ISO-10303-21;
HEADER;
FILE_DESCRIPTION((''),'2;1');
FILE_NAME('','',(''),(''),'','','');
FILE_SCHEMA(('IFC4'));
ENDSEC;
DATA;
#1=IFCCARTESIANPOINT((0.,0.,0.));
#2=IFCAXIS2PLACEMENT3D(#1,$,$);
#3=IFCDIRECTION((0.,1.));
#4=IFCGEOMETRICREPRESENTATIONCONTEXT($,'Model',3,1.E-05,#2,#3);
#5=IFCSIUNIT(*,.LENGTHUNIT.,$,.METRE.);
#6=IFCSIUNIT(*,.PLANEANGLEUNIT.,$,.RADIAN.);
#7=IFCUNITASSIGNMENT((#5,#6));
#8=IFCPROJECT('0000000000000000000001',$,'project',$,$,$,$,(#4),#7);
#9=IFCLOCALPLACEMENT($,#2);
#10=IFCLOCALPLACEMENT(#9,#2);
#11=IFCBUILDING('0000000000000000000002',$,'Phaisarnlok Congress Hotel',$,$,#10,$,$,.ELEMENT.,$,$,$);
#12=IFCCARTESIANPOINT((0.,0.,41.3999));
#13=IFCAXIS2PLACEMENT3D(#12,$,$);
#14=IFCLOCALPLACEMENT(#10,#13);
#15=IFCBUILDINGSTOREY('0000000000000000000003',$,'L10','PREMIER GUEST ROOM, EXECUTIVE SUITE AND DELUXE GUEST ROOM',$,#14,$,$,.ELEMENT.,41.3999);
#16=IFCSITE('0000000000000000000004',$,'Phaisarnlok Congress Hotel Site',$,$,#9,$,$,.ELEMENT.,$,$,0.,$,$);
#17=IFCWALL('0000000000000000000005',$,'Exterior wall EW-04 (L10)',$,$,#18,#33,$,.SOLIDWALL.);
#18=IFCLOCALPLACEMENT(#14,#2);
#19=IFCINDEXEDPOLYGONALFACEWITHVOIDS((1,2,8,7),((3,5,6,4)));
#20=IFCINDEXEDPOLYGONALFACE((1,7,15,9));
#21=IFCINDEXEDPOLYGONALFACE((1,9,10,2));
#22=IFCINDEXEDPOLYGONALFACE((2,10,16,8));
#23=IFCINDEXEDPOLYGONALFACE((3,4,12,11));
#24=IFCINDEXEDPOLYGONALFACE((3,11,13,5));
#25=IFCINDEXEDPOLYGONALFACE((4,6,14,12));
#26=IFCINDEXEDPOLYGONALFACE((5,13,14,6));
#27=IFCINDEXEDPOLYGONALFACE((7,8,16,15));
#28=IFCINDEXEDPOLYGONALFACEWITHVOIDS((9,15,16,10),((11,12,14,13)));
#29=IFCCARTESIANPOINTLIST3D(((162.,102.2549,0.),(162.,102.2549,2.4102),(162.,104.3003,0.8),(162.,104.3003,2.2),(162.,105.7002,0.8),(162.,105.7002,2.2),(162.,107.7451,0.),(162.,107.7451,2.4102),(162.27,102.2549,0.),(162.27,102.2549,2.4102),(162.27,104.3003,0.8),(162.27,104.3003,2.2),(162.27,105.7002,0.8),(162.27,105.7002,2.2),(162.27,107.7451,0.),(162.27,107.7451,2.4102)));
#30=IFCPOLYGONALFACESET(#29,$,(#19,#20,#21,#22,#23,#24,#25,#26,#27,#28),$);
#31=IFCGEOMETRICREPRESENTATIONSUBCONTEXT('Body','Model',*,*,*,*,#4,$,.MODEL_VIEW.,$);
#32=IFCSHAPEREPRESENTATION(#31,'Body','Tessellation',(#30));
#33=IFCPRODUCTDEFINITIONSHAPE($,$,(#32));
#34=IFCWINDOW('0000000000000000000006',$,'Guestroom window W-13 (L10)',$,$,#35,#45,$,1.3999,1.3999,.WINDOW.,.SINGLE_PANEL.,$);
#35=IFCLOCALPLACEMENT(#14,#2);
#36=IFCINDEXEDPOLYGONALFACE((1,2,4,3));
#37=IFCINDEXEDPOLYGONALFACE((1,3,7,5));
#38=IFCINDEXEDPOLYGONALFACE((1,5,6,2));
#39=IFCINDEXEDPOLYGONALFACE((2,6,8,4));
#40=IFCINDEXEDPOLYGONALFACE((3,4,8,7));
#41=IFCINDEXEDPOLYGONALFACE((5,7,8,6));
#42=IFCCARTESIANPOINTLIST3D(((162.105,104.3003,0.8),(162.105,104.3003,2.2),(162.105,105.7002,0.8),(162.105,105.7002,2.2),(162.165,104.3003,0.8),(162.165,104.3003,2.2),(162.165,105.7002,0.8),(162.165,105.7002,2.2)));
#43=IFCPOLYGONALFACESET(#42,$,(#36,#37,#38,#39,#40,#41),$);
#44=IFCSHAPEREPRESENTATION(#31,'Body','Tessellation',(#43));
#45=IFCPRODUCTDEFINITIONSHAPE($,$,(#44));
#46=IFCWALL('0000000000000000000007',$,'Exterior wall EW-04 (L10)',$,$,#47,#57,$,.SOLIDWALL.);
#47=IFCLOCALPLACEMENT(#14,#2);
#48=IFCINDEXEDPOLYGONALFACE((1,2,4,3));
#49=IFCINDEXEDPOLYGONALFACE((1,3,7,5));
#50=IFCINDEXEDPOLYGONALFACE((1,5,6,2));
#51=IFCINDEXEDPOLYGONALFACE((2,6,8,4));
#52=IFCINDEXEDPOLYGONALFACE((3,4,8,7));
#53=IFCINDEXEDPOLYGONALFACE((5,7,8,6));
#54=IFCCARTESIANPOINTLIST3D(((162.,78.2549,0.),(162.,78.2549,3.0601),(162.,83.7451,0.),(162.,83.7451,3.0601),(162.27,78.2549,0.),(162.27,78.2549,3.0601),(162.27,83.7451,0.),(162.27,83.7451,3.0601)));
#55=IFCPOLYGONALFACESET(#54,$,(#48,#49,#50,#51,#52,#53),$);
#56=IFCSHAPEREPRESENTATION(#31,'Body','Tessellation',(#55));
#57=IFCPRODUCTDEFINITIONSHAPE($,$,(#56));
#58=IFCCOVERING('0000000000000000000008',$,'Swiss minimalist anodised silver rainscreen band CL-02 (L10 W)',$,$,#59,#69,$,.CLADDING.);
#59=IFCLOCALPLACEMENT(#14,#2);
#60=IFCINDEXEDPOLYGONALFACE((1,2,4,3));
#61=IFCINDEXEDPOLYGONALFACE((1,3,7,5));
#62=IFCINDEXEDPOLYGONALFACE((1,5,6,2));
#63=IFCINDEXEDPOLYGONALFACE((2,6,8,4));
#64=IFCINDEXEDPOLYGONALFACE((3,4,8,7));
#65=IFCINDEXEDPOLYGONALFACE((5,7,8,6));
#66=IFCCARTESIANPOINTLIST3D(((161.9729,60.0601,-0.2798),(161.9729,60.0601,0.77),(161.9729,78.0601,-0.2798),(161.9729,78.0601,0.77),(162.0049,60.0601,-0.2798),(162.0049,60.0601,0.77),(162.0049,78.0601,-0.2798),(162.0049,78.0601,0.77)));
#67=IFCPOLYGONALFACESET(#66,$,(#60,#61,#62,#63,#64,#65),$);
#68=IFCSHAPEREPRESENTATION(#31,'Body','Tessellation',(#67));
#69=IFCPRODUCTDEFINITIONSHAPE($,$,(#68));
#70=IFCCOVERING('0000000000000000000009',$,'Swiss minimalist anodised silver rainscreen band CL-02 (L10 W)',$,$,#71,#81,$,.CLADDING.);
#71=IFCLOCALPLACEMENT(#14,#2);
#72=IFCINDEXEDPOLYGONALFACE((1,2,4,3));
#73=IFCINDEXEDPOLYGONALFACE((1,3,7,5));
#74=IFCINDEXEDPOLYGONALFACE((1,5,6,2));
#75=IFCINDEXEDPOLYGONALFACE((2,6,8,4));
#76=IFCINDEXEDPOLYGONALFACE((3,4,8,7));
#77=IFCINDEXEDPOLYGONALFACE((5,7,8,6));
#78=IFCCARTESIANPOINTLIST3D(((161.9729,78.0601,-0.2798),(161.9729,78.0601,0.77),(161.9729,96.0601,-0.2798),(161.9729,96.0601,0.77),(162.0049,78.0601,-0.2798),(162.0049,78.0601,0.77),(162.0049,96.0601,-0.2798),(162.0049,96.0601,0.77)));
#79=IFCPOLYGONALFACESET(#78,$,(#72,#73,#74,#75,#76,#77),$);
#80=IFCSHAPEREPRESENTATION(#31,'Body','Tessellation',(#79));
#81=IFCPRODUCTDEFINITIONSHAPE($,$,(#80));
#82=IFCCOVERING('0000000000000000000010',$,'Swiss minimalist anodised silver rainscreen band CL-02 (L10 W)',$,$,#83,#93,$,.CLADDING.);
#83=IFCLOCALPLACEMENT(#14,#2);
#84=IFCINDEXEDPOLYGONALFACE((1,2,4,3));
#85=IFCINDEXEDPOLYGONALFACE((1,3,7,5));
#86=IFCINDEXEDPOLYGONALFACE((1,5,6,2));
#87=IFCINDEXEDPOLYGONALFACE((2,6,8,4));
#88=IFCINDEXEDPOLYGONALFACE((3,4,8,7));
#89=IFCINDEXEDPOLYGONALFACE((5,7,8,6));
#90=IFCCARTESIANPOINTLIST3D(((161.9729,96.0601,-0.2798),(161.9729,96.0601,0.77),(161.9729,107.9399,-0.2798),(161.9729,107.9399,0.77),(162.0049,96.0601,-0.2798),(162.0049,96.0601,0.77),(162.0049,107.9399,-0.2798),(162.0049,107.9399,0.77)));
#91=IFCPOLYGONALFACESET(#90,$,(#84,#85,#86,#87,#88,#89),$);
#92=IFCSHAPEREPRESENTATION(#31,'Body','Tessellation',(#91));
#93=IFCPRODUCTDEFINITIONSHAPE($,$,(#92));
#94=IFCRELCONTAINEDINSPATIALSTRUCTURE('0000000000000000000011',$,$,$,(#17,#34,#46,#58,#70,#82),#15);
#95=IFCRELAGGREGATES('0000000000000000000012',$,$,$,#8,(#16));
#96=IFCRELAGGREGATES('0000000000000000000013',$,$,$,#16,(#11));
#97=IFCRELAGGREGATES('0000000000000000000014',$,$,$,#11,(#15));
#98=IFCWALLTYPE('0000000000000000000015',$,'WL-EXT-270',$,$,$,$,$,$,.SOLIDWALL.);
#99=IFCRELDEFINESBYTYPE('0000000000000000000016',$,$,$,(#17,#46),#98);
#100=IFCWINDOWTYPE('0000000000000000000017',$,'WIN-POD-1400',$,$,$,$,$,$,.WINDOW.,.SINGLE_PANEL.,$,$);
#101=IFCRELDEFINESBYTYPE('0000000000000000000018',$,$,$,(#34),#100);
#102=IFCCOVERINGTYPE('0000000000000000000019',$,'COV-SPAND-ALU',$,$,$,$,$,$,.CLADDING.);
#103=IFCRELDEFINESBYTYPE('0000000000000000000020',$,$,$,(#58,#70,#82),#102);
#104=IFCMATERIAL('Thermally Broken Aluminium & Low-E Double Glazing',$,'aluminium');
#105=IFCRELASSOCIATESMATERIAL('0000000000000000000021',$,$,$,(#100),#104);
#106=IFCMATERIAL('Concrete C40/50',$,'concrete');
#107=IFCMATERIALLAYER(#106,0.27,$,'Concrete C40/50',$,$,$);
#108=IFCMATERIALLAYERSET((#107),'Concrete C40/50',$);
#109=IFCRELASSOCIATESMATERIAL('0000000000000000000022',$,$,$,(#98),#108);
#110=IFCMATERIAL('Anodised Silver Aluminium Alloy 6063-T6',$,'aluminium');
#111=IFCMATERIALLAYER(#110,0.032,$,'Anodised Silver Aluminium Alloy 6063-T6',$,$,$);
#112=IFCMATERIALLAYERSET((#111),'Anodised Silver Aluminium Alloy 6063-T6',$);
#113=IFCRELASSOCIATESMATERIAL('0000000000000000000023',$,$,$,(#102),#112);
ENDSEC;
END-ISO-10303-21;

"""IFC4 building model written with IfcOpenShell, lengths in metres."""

from ifc_helpers import new_model, si_unit, direction, frame, frame_2d, origin, place, context, subcontext, project, spatial, polyline, rectangle, outline, extrude, material, layer, layer_set, type_object, element, fill, save


model = new_model("IFC4")

# Units and contexts
model_context = context("Model", 3, precision=1e-05, world=origin(), true_north=direction((0.0, 1.0)))
body_context = subcontext(model_context, "Body", "Model", "MODEL_VIEW")
ifc_project = project(units=[si_unit("LENGTHUNIT", "METRE"), si_unit("PLANEANGLEUNIT", "RADIAN")], contexts=[model_context])

# Site, building, storey
site_placement = place(None, origin())
site = spatial("IfcSite", under=ifc_project, at=site_placement, Name="Phaisarnlok Congress Hotel Site", CompositionType="ELEMENT", RefElevation=0.0)
building_placement = place(site_placement, origin())
building = spatial("IfcBuilding", under=site, at=building_placement, Name="Phaisarnlok Congress Hotel", CompositionType="ELEMENT")
storey_placement = place(building_placement, frame((0.0, 0.0, 41.3999)))
storey = spatial("IfcBuildingStorey", under=building, at=storey_placement, Name="L10", Description="PREMIER GUEST ROOM, EXECUTIVE SUITE AND DELUXE GUEST ROOM", CompositionType="ELEMENT", Elevation=41.3999)

# Shared definitions
ifc_material_1 = material(Name="Concrete C40/50", Category="concrete")

# Shared definitions
ifc_material_2 = material(Name="Thermally Broken Aluminium & Low-E Double Glazing", Category="aluminium")
window_type = type_object("IfcWindowType", Name="WIN-POD-1400", PartitioningType="SINGLE_PANEL", PredefinedType="WINDOW", material=ifc_material_2)

# Wall, opening, window
ifc_layer_1 = layer(ifc_material_1, 0.27, Name="Concrete C40/50")
ifc_layer_set_1 = layer_set([ifc_layer_1], Name="Concrete C40/50")
wall_type_1 = type_object("IfcWallType", Name="WL-EXT-270", PredefinedType="SOLIDWALL", material=ifc_layer_set_1)
wall_1_placement = place(storey_placement, frame((162.135, 107.7451, 0.0), z_axis=(0.0, 0.0, 1.0), x_axis=(0.0, -1.0, 0.0)))
wall_1 = element("IfcWall", 1, at=wall_1_placement, inside=storey, type_object=wall_type_1, Name="Exterior wall EW-04 (L10)", PredefinedType="SOLIDWALL", context=body_context, shape_type="SweptSolid", body=[
    extrude(rectangle(XDim=5.4902, YDim=0.27, at=frame_2d((2.7451, 0.0))), origin(), (0.0, 0.0, 1.0), 2.4102),
])
opening_1_placement = place(wall_1_placement, frame((2.0449, 0.0, 0.8)))
opening_1 = element("IfcOpeningElement", 2, at=opening_1_placement, cuts=wall_1, PredefinedType="OPENING", context=body_context, shape_type="SweptSolid", body=[
    extrude(rectangle(XDim=1.3999, YDim=1.3999, at=frame_2d((0.7, 0.7))), frame((0.0, 0.145, 0.0), z_axis=(0.0, -1.0, 0.0), x_axis=(1.0, 0.0, 0.0)), (0.0, 0.0, 1.0), 0.29),
])
window_1_placement = place(opening_1_placement, origin())
window_1 = element("IfcWindow", 3, at=window_1_placement, inside=storey, type_object=window_type, Name="Guestroom window W-13 (L10)", OverallHeight=1.3999, OverallWidth=1.3999, PartitioningType="SINGLE_PANEL", PredefinedType="WINDOW", context=body_context, shape_type="SweptSolid", body=[
    extrude(rectangle(XDim=1.3999, YDim=1.3999, at=frame_2d((0.7, 0.7))), frame((0.0, 0.03, 0.0), z_axis=(0.0, -1.0, 0.0), x_axis=(1.0, 0.0, 0.0)), (0.0, 0.0, 1.0), 0.0601),
])
fill(opening_1, window_1)

# Wall
wall_2_placement = place(storey_placement, frame((162.135, 83.7451, 0.0), z_axis=(0.0, 0.0, 1.0), x_axis=(0.0, -1.0, 0.0)))
element("IfcWall", 4, at=wall_2_placement, inside=storey, type_object=wall_type_1, Name="Exterior wall EW-04 (L10)", PredefinedType="SOLIDWALL", context=body_context, shape_type="SweptSolid", body=[
    extrude(rectangle(XDim=5.4902, YDim=0.27, at=frame_2d((2.7451, 0.0))), origin(), (0.0, 0.0, 1.0), 3.0601),
])

# Coverings
ifc_material_3 = material(Name="Anodised Silver Aluminium Alloy 6063-T6", Category="aluminium")
ifc_layer_2 = layer(ifc_material_3, 0.032, Name="Anodised Silver Aluminium Alloy 6063-T6")
ifc_layer_set_2 = layer_set([ifc_layer_2], Name="Anodised Silver Aluminium Alloy 6063-T6")
covering_type = type_object("IfcCoveringType", Name="COV-SPAND-ALU", PredefinedType="CLADDING", material=ifc_layer_set_2)
for number, where, z_axis, x_axis, name in (
    (5, (162.0049, 78.0601, -0.2798), (-1.0, 0.0, 0.0), (0.0, -1.0, 0.0), "Swiss minimalist anodised silver rainscreen band CL-02 (L10 W)"),
    (6, (162.0049, 96.0601, -0.2798), (-1.0, 0.0, 0.0), (0.0, -1.0, 0.0), "Swiss minimalist anodised silver rainscreen band CL-02 (L10 W)"),
):
    element("IfcCovering", number, at=place(storey_placement, frame(where, z_axis=z_axis, x_axis=x_axis)), inside=storey, type_object=covering_type, Name=name, PredefinedType="CLADDING", context=body_context, shape_type="SweptSolid", body=[
        extrude(outline(polyline([(0.0, 0.0), (18.0, 0.0), (18.0, 1.0498), (0.0, 1.0498), (0.0, 0.0)])), origin(), (0.0, 0.0, 1.0), 0.032),
    ])
covering_placement = place(storey_placement, frame((162.0049, 107.9399, -0.2798), z_axis=(-1.0, 0.0, 0.0), x_axis=(0.0, -1.0, 0.0)))
element("IfcCovering", 7, at=covering_placement, inside=storey, type_object=covering_type, Name="Swiss minimalist anodised silver rainscreen band CL-02 (L10 W)", PredefinedType="CLADDING", context=body_context, shape_type="SweptSolid", body=[
    extrude(outline(polyline([(0.0, 0.0), (11.8799, 0.0), (11.8799, 1.0498), (0.0, 1.0498), (0.0, 0.0)])), origin(), (0.0, 0.0, 1.0), 0.032),
])

save(model, "model.ifc")
